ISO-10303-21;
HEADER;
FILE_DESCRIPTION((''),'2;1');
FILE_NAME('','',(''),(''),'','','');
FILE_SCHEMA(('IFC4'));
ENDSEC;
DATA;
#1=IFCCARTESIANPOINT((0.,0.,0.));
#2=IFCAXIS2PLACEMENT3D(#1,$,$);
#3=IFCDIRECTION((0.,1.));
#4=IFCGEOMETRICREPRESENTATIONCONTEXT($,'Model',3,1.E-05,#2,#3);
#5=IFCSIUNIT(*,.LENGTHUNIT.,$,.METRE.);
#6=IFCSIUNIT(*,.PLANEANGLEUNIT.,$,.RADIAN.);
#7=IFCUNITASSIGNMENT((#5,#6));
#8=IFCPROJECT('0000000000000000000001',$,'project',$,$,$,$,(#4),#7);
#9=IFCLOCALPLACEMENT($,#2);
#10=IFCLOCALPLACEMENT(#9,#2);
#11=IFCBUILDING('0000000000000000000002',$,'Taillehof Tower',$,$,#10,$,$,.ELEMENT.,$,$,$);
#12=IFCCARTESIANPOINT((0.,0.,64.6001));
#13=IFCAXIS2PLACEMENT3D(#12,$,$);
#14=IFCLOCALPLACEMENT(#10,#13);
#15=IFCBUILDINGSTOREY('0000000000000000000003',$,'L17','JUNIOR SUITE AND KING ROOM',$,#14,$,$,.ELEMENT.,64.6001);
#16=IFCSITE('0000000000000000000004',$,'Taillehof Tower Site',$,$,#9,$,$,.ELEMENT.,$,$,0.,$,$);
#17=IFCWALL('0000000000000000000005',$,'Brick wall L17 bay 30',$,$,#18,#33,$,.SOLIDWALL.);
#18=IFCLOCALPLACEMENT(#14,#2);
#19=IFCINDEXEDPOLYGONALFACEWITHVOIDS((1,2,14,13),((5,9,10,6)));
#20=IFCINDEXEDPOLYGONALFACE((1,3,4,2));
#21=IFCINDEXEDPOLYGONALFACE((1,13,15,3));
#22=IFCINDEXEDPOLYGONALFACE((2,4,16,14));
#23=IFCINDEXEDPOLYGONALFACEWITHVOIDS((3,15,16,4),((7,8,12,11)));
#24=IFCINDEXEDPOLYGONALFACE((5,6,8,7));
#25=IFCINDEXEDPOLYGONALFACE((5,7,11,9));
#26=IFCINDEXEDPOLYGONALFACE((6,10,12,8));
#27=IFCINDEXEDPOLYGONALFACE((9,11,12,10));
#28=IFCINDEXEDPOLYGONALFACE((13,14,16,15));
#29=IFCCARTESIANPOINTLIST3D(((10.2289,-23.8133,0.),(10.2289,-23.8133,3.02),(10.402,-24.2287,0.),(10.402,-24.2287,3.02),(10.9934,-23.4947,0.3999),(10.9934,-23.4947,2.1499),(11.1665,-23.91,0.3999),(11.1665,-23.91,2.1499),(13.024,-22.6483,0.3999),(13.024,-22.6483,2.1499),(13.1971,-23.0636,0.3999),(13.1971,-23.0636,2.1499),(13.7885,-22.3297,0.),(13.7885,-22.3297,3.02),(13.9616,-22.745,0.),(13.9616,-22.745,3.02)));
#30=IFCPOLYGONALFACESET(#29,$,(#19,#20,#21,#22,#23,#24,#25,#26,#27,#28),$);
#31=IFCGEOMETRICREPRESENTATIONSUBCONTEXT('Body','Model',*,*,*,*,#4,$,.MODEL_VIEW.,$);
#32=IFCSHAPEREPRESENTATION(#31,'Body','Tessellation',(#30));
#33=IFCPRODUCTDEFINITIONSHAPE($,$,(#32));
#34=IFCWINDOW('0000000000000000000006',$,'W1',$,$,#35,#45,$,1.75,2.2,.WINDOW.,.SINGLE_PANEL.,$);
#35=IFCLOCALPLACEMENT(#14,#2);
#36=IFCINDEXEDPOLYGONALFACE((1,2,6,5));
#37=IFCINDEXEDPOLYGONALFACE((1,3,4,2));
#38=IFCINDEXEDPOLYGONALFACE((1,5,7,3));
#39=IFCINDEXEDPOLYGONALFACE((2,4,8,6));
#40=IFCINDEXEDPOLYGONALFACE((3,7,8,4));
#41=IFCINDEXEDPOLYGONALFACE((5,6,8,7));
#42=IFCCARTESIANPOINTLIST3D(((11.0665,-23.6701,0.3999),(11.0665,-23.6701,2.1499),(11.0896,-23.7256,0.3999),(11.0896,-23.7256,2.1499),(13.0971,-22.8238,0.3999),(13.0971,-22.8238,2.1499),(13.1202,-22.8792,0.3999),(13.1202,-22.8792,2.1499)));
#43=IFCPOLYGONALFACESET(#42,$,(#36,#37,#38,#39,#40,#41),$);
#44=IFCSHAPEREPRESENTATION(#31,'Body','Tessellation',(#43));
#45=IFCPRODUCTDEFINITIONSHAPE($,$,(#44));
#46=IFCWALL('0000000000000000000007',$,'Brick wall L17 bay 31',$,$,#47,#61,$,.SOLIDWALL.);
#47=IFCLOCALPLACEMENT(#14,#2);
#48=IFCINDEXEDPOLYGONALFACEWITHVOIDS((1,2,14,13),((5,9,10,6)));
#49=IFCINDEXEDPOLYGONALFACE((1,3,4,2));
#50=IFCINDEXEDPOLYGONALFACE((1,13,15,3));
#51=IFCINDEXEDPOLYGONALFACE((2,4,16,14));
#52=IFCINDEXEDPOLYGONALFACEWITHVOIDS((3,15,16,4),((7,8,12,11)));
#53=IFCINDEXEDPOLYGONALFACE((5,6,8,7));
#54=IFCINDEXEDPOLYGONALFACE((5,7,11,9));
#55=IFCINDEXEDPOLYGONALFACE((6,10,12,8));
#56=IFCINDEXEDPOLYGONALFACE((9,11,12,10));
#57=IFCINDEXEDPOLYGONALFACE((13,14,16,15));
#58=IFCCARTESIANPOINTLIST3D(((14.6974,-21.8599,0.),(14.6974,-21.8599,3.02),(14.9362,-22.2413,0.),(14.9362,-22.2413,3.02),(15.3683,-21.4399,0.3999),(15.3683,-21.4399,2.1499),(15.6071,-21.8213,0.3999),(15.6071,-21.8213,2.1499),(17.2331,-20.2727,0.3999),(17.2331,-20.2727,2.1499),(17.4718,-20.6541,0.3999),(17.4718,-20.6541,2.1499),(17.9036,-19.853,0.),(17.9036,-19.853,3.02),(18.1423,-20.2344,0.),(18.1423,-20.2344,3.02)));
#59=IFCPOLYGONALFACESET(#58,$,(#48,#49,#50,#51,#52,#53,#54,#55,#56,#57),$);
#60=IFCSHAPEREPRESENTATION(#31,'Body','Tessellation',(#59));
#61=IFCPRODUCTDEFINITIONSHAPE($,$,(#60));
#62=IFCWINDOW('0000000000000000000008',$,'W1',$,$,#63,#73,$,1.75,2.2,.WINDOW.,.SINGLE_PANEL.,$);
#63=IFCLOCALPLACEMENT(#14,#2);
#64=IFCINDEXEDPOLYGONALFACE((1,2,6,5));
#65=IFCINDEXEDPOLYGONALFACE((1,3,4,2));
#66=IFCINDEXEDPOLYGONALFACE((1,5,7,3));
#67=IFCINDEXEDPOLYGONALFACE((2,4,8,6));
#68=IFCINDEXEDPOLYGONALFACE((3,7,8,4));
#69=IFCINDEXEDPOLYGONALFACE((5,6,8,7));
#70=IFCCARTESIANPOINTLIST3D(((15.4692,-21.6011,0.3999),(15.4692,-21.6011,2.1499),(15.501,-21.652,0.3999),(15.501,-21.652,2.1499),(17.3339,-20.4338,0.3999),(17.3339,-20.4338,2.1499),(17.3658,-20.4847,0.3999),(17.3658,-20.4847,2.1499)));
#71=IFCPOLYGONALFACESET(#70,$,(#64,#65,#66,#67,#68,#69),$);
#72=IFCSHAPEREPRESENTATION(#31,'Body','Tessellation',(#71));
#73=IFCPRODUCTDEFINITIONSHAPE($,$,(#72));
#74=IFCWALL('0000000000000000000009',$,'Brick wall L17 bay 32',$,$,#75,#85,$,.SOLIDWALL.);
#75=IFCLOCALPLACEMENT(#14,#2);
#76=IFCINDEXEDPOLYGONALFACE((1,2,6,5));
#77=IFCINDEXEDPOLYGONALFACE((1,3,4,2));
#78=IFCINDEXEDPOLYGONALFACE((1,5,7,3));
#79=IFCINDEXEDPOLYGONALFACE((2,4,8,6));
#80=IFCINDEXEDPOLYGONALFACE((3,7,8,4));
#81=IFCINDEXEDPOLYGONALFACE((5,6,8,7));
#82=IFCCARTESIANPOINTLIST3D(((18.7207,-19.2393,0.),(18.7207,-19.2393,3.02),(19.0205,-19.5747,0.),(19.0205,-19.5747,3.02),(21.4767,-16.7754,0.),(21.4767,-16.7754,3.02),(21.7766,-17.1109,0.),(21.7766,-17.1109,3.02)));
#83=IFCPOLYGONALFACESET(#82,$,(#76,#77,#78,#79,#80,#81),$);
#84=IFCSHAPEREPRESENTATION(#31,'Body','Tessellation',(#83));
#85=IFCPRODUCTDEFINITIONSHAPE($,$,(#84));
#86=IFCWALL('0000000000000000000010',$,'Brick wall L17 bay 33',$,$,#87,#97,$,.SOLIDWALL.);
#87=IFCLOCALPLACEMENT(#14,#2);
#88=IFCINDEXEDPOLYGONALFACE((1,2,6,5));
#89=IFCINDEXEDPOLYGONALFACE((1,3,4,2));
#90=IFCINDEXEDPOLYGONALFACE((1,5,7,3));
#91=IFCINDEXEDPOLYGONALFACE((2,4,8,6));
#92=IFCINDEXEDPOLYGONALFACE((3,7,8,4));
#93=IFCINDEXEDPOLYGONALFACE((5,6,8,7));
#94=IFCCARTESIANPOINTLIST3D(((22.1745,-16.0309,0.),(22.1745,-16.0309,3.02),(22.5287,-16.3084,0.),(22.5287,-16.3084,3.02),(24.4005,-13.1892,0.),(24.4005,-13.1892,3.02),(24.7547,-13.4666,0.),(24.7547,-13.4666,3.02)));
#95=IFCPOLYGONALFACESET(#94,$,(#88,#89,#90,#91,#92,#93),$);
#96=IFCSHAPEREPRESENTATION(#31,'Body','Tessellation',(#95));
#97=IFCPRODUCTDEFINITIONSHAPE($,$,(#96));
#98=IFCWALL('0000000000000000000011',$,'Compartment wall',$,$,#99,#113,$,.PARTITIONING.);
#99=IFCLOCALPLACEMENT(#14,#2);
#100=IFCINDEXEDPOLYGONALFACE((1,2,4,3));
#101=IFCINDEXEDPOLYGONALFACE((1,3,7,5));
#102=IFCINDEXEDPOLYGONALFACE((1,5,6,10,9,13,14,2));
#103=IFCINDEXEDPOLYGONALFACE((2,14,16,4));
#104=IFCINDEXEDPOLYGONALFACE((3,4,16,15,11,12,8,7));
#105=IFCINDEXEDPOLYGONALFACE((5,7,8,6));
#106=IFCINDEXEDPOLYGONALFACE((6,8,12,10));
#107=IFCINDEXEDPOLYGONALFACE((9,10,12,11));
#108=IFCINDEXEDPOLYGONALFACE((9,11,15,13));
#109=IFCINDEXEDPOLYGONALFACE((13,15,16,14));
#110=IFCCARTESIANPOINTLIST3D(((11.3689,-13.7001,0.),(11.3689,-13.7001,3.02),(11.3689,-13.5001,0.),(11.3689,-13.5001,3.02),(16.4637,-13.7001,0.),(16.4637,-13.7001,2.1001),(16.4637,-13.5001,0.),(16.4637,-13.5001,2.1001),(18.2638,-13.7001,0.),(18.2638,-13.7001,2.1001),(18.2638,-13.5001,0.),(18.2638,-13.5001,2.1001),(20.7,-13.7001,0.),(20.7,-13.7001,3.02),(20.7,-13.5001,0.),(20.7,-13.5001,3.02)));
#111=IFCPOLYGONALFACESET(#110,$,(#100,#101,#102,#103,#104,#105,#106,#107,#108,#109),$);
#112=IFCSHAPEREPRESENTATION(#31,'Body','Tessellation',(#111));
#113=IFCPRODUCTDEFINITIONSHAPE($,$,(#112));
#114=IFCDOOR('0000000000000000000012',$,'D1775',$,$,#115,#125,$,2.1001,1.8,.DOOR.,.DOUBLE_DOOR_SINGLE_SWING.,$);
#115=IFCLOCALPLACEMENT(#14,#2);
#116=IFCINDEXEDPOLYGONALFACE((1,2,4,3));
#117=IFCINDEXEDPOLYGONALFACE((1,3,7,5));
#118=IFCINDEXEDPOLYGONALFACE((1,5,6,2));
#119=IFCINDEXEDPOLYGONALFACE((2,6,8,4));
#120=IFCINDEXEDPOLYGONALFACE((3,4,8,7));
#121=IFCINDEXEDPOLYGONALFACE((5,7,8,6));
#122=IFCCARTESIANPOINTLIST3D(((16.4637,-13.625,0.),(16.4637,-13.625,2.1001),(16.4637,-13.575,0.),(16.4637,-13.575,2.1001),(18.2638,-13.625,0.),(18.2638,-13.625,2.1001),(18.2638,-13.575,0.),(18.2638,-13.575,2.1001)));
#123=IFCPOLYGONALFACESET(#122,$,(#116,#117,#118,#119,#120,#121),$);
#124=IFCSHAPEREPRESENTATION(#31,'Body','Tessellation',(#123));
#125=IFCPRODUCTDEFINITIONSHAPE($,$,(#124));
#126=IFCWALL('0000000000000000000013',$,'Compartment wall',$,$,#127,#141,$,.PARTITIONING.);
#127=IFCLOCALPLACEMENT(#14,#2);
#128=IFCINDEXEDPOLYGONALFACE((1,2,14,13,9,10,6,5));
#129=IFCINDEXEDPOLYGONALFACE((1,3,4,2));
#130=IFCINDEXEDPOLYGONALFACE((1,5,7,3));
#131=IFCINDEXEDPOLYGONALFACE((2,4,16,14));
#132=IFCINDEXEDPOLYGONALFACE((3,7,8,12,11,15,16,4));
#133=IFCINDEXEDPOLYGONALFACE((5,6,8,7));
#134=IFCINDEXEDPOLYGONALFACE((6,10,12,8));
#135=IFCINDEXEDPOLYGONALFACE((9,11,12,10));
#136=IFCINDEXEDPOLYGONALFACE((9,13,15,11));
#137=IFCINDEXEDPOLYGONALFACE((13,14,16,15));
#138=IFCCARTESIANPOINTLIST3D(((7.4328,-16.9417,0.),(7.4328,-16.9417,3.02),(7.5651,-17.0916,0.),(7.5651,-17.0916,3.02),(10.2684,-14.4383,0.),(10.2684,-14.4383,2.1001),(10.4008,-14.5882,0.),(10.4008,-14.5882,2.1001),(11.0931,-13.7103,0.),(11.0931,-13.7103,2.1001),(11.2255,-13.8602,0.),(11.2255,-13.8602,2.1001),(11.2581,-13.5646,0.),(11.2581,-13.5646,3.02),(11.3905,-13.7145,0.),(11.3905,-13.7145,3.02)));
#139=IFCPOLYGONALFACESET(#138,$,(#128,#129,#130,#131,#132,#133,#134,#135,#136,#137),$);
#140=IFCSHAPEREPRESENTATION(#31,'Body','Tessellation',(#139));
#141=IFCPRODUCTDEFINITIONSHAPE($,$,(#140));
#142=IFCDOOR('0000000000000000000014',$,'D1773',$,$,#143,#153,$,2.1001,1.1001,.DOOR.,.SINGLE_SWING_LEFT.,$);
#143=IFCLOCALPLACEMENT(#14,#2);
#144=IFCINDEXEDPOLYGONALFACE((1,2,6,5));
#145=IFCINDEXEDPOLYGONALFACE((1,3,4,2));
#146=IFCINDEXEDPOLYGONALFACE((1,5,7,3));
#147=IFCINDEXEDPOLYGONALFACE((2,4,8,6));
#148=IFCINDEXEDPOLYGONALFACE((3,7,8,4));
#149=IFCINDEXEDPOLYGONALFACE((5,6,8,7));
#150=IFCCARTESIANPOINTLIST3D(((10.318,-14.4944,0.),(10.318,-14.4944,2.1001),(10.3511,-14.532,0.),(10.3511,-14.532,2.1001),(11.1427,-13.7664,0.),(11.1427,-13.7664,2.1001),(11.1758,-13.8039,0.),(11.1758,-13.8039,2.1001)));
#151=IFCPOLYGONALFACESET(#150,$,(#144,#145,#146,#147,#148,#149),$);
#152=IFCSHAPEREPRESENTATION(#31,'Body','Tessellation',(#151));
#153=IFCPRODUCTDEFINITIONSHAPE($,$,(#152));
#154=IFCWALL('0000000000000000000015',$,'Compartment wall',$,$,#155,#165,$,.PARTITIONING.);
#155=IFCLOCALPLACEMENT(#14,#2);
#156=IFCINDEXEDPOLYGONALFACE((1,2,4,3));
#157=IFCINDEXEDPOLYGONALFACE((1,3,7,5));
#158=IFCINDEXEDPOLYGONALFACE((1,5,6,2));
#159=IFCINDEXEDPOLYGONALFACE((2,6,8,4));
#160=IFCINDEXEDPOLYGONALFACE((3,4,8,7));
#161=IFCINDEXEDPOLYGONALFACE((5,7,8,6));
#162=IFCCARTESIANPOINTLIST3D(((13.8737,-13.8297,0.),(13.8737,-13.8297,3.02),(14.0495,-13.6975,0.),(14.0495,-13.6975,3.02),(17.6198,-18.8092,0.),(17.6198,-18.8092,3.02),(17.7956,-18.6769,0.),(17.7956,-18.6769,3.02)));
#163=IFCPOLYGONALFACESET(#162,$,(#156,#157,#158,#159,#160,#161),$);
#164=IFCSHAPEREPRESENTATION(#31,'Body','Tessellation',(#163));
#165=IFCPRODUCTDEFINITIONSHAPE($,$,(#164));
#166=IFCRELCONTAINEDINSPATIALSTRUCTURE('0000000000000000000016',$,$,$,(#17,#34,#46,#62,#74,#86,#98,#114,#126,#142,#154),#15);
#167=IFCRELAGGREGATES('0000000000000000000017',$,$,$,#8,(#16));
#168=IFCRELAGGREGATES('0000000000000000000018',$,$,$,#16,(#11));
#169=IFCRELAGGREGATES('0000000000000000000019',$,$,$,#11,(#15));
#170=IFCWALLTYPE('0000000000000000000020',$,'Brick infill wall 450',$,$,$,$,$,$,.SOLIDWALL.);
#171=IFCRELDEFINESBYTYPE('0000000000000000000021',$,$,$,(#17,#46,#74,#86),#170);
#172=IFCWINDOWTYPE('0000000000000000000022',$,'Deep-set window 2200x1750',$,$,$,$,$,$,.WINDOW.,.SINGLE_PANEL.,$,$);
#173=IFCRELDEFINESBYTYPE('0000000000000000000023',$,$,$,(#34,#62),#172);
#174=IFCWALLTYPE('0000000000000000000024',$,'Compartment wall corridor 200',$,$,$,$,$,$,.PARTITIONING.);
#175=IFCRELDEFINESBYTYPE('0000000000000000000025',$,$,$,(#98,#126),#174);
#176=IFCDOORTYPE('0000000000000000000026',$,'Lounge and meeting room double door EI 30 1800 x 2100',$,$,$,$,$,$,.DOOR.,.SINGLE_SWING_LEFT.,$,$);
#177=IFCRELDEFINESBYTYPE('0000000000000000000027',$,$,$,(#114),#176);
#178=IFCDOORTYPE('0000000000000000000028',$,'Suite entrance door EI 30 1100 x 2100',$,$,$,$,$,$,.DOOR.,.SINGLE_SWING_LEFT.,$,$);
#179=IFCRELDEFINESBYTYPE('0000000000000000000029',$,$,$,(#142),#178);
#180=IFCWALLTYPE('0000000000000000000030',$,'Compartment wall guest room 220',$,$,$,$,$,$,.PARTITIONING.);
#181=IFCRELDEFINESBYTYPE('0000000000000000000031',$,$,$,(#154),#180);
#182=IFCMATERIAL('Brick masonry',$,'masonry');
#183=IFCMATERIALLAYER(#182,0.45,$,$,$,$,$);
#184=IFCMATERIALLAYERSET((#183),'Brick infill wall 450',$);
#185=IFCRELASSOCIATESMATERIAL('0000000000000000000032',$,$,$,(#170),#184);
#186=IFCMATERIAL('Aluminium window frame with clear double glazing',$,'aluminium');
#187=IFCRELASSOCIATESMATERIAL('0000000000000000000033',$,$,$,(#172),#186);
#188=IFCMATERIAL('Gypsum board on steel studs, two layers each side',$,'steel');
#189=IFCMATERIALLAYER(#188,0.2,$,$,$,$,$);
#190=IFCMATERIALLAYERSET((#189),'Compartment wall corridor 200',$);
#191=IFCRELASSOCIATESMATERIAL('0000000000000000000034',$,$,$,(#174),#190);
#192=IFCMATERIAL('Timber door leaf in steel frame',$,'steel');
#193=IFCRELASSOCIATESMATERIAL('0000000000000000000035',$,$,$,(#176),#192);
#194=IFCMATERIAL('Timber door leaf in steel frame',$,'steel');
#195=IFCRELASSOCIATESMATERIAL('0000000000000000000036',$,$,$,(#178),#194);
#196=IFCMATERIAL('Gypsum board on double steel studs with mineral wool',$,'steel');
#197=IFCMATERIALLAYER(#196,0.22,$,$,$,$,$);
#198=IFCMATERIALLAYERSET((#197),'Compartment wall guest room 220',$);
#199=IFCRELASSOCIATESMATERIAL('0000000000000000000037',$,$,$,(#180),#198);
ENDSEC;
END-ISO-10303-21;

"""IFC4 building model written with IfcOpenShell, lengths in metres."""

from ifc_helpers import new_model, si_unit, direction, frame, frame_2d, origin, place, context, subcontext, project, spatial, rectangle, extrude, material, layer, layer_set, type_object, element, fill, save


model = new_model("IFC4")

# Units and contexts
model_context = context("Model", 3, precision=1e-05, world=origin(), true_north=direction((0.0, 1.0)))
body_context = subcontext(model_context, "Body", "Model", "MODEL_VIEW")
ifc_project = project(units=[si_unit("LENGTHUNIT", "METRE"), si_unit("PLANEANGLEUNIT", "RADIAN")], contexts=[model_context])

# Site, building, storey
site_placement = place(None, origin())
site = spatial("IfcSite", under=ifc_project, at=site_placement, Name="Taillehof Tower Site", CompositionType="ELEMENT", RefElevation=0.0)
building_placement = place(site_placement, origin())
building = spatial("IfcBuilding", under=site, at=building_placement, Name="Taillehof Tower", CompositionType="ELEMENT")
storey_placement = place(building_placement, frame((0.0, 0.0, 64.6001)))
storey = spatial("IfcBuildingStorey", under=building, at=storey_placement, Name="L17", Description="JUNIOR SUITE AND KING ROOM", CompositionType="ELEMENT", Elevation=64.6001)

# Walls, openings, windows
ifc_material_1 = material(Name="Brick masonry", Category="masonry")
ifc_layer_1 = layer(ifc_material_1, 0.45)
ifc_layer_set_1 = layer_set([ifc_layer_1], Name="Brick infill wall 450")
wall_type_1 = type_object("IfcWallType", Name="Brick infill wall 450", PredefinedType="SOLIDWALL", material=ifc_layer_set_1)
wall_1_placement = place(storey_placement, frame((10.3154, -24.021, 0.0), z_axis=(0.0, 0.0, 1.0), x_axis=(0.923032, 0.384723, 0.0)))
wall_1 = element("IfcWall", 1, at=wall_1_placement, inside=storey, type_object=wall_type_1, Name="Brick wall L17 bay 30", PredefinedType="SOLIDWALL", context=body_context, shape_type="SweptSolid", body=[
    extrude(rectangle(XDim=3.8564, YDim=0.45, at=frame_2d((1.9282, 0.0))), origin(), (0.0, 0.0, 1.0), 3.02),
])
opening_1_placement = place(wall_1_placement, frame((0.8281, 0.0, 0.3999)))
opening_1 = element("IfcOpeningElement", 2, at=opening_1_placement, cuts=wall_1, PredefinedType="OPENING", context=body_context, shape_type="SweptSolid", body=[
    extrude(rectangle(XDim=2.2, YDim=1.75, at=frame_2d((1.1001, 0.875))), frame((0.0, 0.2349, 0.0), z_axis=(0.0, -1.0, 0.0), x_axis=(1.0, 0.0, 0.0)), (0.0, 0.0, 1.0), 0.47),
])
ifc_material_2 = material(Name="Aluminium window frame with clear double glazing", Category="aluminium")
window_type = type_object("IfcWindowType", Name="Deep-set window 2200x1750", PartitioningType="SINGLE_PANEL", PredefinedType="WINDOW", material=ifc_material_2)
window_1_placement = place(opening_1_placement, origin())
window_1 = element("IfcWindow", 3, at=window_1_placement, inside=storey, type_object=window_type, Name="W1", OverallHeight=1.75, OverallWidth=2.2, PartitioningType="SINGLE_PANEL", PredefinedType="WINDOW", context=body_context, shape_type="SweptSolid", body=[
    extrude(rectangle(XDim=2.2, YDim=1.75, at=frame_2d((1.1001, 0.875))), frame((0.0, 0.0349, 0.0), z_axis=(0.0, -1.0, 0.0), x_axis=(1.0, 0.0, 0.0)), (0.0, 0.0, 1.0), 0.0601),
])
fill(opening_1, window_1)
wall_2_placement = place(storey_placement, frame((14.8169, -22.0505, 0.0), z_axis=(0.0, 0.0, 1.0), x_axis=(0.847635, 0.530579, 0.0)))
wall_2 = element("IfcWall", 4, at=wall_2_placement, inside=storey, type_object=wall_type_1, Name="Brick wall L17 bay 31", PredefinedType="SOLIDWALL", context=body_context, shape_type="SweptSolid", body=[
    extrude(rectangle(XDim=3.7825, YDim=0.45, at=frame_2d((1.8911, 0.0))), origin(), (0.0, 0.0, 1.0), 3.02),
])
opening_2_placement = place(wall_2_placement, frame((0.7913, 0.0, 0.3999)))
opening_2 = element("IfcOpeningElement", 5, at=opening_2_placement, cuts=wall_2, PredefinedType="OPENING", context=body_context, shape_type="SweptSolid", body=[
    extrude(rectangle(XDim=2.2, YDim=1.75, at=frame_2d((1.1001, 0.875))), frame((0.0, 0.2349, 0.0), z_axis=(0.0, -1.0, 0.0), x_axis=(1.0, 0.0, 0.0)), (0.0, 0.0, 1.0), 0.47),
])
window_2_placement = place(opening_2_placement, origin())
window_2 = element("IfcWindow", 6, at=window_2_placement, inside=storey, type_object=window_type, Name="W1", OverallHeight=1.75, OverallWidth=2.2, PartitioningType="SINGLE_PANEL", PredefinedType="WINDOW", context=body_context, shape_type="SweptSolid", body=[
    extrude(rectangle(XDim=2.2, YDim=1.75, at=frame_2d((1.1001, 0.875))), frame((0.0, 0.0349, 0.0), z_axis=(0.0, -1.0, 0.0), x_axis=(1.0, 0.0, 0.0)), (0.0, 0.0, 1.0), 0.0601),
])
fill(opening_2, window_2)

# Walls
wall_3_placement = place(storey_placement, frame((18.8706, -19.407, 0.0), z_axis=(0.0, 0.0, 1.0), x_axis=(0.745526, 0.666476, 0.0)))
element("IfcWall", 7, at=wall_3_placement, inside=storey, type_object=wall_type_1, Name="Brick wall L17 bay 32", PredefinedType="SOLIDWALL", context=body_context, shape_type="SweptSolid", body=[
    extrude(rectangle(XDim=3.6968, YDim=0.45, at=frame_2d((1.8484, 0.0))), origin(), (0.0, 0.0, 1.0), 3.02),
])
wall_4_placement = place(storey_placement, frame((22.3516, -16.1697, 0.0), z_axis=(0.0, 0.0, 1.0), x_axis=(0.616662, 0.787228, 0.0)))
element("IfcWall", 8, at=wall_4_placement, inside=storey, type_object=wall_type_1, Name="Brick wall L17 bay 33", PredefinedType="SOLIDWALL", context=body_context, shape_type="SweptSolid", body=[
    extrude(rectangle(XDim=3.6099, YDim=0.45, at=frame_2d((1.8049, 0.0))), origin(), (0.0, 0.0, 1.0), 3.02),
])

# Walls, openings, doors
ifc_material_3 = material(Name="Gypsum board on steel studs, two layers each side", Category="steel")
ifc_layer_2 = layer(ifc_material_3, 0.2)
ifc_layer_set_2 = layer_set([ifc_layer_2], Name="Compartment wall corridor 200")
wall_type_2 = type_object("IfcWallType", Name="Compartment wall corridor 200", PredefinedType="PARTITIONING", material=ifc_layer_set_2)
wall_5_placement = place(storey_placement, frame((20.7, -13.6001, 0.0), z_axis=(0.0, 0.0, 1.0), x_axis=(-1.0, 0.0, 0.0)))
wall_5 = element("IfcWall", 9, at=wall_5_placement, inside=storey, type_object=wall_type_2, Name="Compartment wall", PredefinedType="PARTITIONING", context=body_context, shape_type="SweptSolid", body=[
    extrude(rectangle(XDim=9.3311, YDim=0.2, at=frame_2d((4.6655, 0.0))), origin(), (0.0, 0.0, 1.0), 3.02),
])
opening_3_placement = place(wall_5_placement, frame((2.4363, 0.0, 0.0)))
opening_3 = element("IfcOpeningElement", 10, at=opening_3_placement, cuts=wall_5, PredefinedType="OPENING", context=body_context, shape_type="SweptSolid", body=[
    extrude(rectangle(XDim=1.8, YDim=2.1001, at=frame_2d((0.8999, 1.05))), frame((0.0, 0.1099, 0.0), z_axis=(0.0, -1.0, 0.0), x_axis=(1.0, 0.0, 0.0)), (0.0, 0.0, 1.0), 0.22),
])
ifc_material_4 = material(Name="Timber door leaf in steel frame", Category="steel")
door_type_1 = type_object("IfcDoorType", Name="Lounge and meeting room double door EI 30 1800 x 2100", OperationType="SINGLE_SWING_LEFT", PredefinedType="DOOR", material=ifc_material_4)
door_1_placement = place(opening_3_placement, origin())
door_1 = element("IfcDoor", 11, at=door_1_placement, inside=storey, type_object=door_type_1, Name="D1775", OperationType="DOUBLE_DOOR_SINGLE_SWING", OverallHeight=2.1001, OverallWidth=1.8, PredefinedType="DOOR", context=body_context, shape_type="SweptSolid", body=[
    extrude(rectangle(XDim=1.8, YDim=2.1001, at=frame_2d((0.8999, 1.05))), frame((0.0, 0.0249, 0.0), z_axis=(0.0, -1.0, 0.0), x_axis=(1.0, 0.0, 0.0)), (0.0, 0.0, 1.0), 0.05),
])
fill(opening_3, door_1)
wall_6_placement = place(storey_placement, frame((11.3242, -13.6396, 0.0), z_axis=(0.0, 0.0, 1.0), x_axis=(-0.749662, -0.661821, 0.0)))
wall_6 = element("IfcWall", 12, at=wall_6_placement, inside=storey, type_object=wall_type_2, Name="Compartment wall", PredefinedType="PARTITIONING", context=body_context, shape_type="SweptSolid", body=[
    extrude(rectangle(XDim=5.1028, YDim=0.2, at=frame_2d((2.5513, 0.0))), origin(), (0.0, 0.0, 1.0), 3.02),
])
opening_4_placement = place(wall_6_placement, frame((0.22, 0.0, 0.0)))
opening_4 = element("IfcOpeningElement", 13, at=opening_4_placement, cuts=wall_6, PredefinedType="OPENING", context=body_context, shape_type="SweptSolid", body=[
    extrude(rectangle(XDim=1.1001, YDim=2.1001, at=frame_2d((0.55, 1.05))), frame((0.0, 0.1099, 0.0), z_axis=(0.0, -1.0, 0.0), x_axis=(1.0, 0.0, 0.0)), (0.0, 0.0, 1.0), 0.22),
])
ifc_material_5 = material(Name="Timber door leaf in steel frame", Category="steel")
door_type_2 = type_object("IfcDoorType", Name="Suite entrance door EI 30 1100 x 2100", OperationType="SINGLE_SWING_LEFT", PredefinedType="DOOR", material=ifc_material_5)
door_2_placement = place(opening_4_placement, origin())
door_2 = element("IfcDoor", 14, at=door_2_placement, inside=storey, type_object=door_type_2, Name="D1773", OperationType="SINGLE_SWING_LEFT", OverallHeight=2.1001, OverallWidth=1.1001, PredefinedType="DOOR", context=body_context, shape_type="SweptSolid", body=[
    extrude(rectangle(XDim=1.1001, YDim=2.1001, at=frame_2d((0.55, 1.05))), frame((0.0, 0.0249, 0.0), z_axis=(0.0, -1.0, 0.0), x_axis=(1.0, 0.0, 0.0)), (0.0, 0.0, 1.0), 0.05),
])
fill(opening_4, door_2)

# Wall
ifc_material_6 = material(Name="Gypsum board on double steel studs with mineral wool", Category="steel")
ifc_layer_3 = layer(ifc_material_6, 0.22)
ifc_layer_set_3 = layer_set([ifc_layer_3], Name="Compartment wall guest room 220")
wall_type_3 = type_object("IfcWallType", Name="Compartment wall guest room 220", PredefinedType="PARTITIONING", material=ifc_layer_set_3)
wall_7_placement = place(storey_placement, frame((17.7078, -18.7432, 0.0), z_axis=(0.0, 0.0, 1.0), x_axis=(-0.601178, 0.799115, 0.0)))
element("IfcWall", 15, at=wall_7_placement, inside=storey, type_object=wall_type_3, Name="Compartment wall", PredefinedType="PARTITIONING", context=body_context, shape_type="SweptSolid", body=[
    extrude(rectangle(XDim=6.2312, YDim=0.22, at=frame_2d((3.1157, 0.0))), origin(), (0.0, 0.0, 1.0), 3.02),
])

save(model, "model.ifc")
